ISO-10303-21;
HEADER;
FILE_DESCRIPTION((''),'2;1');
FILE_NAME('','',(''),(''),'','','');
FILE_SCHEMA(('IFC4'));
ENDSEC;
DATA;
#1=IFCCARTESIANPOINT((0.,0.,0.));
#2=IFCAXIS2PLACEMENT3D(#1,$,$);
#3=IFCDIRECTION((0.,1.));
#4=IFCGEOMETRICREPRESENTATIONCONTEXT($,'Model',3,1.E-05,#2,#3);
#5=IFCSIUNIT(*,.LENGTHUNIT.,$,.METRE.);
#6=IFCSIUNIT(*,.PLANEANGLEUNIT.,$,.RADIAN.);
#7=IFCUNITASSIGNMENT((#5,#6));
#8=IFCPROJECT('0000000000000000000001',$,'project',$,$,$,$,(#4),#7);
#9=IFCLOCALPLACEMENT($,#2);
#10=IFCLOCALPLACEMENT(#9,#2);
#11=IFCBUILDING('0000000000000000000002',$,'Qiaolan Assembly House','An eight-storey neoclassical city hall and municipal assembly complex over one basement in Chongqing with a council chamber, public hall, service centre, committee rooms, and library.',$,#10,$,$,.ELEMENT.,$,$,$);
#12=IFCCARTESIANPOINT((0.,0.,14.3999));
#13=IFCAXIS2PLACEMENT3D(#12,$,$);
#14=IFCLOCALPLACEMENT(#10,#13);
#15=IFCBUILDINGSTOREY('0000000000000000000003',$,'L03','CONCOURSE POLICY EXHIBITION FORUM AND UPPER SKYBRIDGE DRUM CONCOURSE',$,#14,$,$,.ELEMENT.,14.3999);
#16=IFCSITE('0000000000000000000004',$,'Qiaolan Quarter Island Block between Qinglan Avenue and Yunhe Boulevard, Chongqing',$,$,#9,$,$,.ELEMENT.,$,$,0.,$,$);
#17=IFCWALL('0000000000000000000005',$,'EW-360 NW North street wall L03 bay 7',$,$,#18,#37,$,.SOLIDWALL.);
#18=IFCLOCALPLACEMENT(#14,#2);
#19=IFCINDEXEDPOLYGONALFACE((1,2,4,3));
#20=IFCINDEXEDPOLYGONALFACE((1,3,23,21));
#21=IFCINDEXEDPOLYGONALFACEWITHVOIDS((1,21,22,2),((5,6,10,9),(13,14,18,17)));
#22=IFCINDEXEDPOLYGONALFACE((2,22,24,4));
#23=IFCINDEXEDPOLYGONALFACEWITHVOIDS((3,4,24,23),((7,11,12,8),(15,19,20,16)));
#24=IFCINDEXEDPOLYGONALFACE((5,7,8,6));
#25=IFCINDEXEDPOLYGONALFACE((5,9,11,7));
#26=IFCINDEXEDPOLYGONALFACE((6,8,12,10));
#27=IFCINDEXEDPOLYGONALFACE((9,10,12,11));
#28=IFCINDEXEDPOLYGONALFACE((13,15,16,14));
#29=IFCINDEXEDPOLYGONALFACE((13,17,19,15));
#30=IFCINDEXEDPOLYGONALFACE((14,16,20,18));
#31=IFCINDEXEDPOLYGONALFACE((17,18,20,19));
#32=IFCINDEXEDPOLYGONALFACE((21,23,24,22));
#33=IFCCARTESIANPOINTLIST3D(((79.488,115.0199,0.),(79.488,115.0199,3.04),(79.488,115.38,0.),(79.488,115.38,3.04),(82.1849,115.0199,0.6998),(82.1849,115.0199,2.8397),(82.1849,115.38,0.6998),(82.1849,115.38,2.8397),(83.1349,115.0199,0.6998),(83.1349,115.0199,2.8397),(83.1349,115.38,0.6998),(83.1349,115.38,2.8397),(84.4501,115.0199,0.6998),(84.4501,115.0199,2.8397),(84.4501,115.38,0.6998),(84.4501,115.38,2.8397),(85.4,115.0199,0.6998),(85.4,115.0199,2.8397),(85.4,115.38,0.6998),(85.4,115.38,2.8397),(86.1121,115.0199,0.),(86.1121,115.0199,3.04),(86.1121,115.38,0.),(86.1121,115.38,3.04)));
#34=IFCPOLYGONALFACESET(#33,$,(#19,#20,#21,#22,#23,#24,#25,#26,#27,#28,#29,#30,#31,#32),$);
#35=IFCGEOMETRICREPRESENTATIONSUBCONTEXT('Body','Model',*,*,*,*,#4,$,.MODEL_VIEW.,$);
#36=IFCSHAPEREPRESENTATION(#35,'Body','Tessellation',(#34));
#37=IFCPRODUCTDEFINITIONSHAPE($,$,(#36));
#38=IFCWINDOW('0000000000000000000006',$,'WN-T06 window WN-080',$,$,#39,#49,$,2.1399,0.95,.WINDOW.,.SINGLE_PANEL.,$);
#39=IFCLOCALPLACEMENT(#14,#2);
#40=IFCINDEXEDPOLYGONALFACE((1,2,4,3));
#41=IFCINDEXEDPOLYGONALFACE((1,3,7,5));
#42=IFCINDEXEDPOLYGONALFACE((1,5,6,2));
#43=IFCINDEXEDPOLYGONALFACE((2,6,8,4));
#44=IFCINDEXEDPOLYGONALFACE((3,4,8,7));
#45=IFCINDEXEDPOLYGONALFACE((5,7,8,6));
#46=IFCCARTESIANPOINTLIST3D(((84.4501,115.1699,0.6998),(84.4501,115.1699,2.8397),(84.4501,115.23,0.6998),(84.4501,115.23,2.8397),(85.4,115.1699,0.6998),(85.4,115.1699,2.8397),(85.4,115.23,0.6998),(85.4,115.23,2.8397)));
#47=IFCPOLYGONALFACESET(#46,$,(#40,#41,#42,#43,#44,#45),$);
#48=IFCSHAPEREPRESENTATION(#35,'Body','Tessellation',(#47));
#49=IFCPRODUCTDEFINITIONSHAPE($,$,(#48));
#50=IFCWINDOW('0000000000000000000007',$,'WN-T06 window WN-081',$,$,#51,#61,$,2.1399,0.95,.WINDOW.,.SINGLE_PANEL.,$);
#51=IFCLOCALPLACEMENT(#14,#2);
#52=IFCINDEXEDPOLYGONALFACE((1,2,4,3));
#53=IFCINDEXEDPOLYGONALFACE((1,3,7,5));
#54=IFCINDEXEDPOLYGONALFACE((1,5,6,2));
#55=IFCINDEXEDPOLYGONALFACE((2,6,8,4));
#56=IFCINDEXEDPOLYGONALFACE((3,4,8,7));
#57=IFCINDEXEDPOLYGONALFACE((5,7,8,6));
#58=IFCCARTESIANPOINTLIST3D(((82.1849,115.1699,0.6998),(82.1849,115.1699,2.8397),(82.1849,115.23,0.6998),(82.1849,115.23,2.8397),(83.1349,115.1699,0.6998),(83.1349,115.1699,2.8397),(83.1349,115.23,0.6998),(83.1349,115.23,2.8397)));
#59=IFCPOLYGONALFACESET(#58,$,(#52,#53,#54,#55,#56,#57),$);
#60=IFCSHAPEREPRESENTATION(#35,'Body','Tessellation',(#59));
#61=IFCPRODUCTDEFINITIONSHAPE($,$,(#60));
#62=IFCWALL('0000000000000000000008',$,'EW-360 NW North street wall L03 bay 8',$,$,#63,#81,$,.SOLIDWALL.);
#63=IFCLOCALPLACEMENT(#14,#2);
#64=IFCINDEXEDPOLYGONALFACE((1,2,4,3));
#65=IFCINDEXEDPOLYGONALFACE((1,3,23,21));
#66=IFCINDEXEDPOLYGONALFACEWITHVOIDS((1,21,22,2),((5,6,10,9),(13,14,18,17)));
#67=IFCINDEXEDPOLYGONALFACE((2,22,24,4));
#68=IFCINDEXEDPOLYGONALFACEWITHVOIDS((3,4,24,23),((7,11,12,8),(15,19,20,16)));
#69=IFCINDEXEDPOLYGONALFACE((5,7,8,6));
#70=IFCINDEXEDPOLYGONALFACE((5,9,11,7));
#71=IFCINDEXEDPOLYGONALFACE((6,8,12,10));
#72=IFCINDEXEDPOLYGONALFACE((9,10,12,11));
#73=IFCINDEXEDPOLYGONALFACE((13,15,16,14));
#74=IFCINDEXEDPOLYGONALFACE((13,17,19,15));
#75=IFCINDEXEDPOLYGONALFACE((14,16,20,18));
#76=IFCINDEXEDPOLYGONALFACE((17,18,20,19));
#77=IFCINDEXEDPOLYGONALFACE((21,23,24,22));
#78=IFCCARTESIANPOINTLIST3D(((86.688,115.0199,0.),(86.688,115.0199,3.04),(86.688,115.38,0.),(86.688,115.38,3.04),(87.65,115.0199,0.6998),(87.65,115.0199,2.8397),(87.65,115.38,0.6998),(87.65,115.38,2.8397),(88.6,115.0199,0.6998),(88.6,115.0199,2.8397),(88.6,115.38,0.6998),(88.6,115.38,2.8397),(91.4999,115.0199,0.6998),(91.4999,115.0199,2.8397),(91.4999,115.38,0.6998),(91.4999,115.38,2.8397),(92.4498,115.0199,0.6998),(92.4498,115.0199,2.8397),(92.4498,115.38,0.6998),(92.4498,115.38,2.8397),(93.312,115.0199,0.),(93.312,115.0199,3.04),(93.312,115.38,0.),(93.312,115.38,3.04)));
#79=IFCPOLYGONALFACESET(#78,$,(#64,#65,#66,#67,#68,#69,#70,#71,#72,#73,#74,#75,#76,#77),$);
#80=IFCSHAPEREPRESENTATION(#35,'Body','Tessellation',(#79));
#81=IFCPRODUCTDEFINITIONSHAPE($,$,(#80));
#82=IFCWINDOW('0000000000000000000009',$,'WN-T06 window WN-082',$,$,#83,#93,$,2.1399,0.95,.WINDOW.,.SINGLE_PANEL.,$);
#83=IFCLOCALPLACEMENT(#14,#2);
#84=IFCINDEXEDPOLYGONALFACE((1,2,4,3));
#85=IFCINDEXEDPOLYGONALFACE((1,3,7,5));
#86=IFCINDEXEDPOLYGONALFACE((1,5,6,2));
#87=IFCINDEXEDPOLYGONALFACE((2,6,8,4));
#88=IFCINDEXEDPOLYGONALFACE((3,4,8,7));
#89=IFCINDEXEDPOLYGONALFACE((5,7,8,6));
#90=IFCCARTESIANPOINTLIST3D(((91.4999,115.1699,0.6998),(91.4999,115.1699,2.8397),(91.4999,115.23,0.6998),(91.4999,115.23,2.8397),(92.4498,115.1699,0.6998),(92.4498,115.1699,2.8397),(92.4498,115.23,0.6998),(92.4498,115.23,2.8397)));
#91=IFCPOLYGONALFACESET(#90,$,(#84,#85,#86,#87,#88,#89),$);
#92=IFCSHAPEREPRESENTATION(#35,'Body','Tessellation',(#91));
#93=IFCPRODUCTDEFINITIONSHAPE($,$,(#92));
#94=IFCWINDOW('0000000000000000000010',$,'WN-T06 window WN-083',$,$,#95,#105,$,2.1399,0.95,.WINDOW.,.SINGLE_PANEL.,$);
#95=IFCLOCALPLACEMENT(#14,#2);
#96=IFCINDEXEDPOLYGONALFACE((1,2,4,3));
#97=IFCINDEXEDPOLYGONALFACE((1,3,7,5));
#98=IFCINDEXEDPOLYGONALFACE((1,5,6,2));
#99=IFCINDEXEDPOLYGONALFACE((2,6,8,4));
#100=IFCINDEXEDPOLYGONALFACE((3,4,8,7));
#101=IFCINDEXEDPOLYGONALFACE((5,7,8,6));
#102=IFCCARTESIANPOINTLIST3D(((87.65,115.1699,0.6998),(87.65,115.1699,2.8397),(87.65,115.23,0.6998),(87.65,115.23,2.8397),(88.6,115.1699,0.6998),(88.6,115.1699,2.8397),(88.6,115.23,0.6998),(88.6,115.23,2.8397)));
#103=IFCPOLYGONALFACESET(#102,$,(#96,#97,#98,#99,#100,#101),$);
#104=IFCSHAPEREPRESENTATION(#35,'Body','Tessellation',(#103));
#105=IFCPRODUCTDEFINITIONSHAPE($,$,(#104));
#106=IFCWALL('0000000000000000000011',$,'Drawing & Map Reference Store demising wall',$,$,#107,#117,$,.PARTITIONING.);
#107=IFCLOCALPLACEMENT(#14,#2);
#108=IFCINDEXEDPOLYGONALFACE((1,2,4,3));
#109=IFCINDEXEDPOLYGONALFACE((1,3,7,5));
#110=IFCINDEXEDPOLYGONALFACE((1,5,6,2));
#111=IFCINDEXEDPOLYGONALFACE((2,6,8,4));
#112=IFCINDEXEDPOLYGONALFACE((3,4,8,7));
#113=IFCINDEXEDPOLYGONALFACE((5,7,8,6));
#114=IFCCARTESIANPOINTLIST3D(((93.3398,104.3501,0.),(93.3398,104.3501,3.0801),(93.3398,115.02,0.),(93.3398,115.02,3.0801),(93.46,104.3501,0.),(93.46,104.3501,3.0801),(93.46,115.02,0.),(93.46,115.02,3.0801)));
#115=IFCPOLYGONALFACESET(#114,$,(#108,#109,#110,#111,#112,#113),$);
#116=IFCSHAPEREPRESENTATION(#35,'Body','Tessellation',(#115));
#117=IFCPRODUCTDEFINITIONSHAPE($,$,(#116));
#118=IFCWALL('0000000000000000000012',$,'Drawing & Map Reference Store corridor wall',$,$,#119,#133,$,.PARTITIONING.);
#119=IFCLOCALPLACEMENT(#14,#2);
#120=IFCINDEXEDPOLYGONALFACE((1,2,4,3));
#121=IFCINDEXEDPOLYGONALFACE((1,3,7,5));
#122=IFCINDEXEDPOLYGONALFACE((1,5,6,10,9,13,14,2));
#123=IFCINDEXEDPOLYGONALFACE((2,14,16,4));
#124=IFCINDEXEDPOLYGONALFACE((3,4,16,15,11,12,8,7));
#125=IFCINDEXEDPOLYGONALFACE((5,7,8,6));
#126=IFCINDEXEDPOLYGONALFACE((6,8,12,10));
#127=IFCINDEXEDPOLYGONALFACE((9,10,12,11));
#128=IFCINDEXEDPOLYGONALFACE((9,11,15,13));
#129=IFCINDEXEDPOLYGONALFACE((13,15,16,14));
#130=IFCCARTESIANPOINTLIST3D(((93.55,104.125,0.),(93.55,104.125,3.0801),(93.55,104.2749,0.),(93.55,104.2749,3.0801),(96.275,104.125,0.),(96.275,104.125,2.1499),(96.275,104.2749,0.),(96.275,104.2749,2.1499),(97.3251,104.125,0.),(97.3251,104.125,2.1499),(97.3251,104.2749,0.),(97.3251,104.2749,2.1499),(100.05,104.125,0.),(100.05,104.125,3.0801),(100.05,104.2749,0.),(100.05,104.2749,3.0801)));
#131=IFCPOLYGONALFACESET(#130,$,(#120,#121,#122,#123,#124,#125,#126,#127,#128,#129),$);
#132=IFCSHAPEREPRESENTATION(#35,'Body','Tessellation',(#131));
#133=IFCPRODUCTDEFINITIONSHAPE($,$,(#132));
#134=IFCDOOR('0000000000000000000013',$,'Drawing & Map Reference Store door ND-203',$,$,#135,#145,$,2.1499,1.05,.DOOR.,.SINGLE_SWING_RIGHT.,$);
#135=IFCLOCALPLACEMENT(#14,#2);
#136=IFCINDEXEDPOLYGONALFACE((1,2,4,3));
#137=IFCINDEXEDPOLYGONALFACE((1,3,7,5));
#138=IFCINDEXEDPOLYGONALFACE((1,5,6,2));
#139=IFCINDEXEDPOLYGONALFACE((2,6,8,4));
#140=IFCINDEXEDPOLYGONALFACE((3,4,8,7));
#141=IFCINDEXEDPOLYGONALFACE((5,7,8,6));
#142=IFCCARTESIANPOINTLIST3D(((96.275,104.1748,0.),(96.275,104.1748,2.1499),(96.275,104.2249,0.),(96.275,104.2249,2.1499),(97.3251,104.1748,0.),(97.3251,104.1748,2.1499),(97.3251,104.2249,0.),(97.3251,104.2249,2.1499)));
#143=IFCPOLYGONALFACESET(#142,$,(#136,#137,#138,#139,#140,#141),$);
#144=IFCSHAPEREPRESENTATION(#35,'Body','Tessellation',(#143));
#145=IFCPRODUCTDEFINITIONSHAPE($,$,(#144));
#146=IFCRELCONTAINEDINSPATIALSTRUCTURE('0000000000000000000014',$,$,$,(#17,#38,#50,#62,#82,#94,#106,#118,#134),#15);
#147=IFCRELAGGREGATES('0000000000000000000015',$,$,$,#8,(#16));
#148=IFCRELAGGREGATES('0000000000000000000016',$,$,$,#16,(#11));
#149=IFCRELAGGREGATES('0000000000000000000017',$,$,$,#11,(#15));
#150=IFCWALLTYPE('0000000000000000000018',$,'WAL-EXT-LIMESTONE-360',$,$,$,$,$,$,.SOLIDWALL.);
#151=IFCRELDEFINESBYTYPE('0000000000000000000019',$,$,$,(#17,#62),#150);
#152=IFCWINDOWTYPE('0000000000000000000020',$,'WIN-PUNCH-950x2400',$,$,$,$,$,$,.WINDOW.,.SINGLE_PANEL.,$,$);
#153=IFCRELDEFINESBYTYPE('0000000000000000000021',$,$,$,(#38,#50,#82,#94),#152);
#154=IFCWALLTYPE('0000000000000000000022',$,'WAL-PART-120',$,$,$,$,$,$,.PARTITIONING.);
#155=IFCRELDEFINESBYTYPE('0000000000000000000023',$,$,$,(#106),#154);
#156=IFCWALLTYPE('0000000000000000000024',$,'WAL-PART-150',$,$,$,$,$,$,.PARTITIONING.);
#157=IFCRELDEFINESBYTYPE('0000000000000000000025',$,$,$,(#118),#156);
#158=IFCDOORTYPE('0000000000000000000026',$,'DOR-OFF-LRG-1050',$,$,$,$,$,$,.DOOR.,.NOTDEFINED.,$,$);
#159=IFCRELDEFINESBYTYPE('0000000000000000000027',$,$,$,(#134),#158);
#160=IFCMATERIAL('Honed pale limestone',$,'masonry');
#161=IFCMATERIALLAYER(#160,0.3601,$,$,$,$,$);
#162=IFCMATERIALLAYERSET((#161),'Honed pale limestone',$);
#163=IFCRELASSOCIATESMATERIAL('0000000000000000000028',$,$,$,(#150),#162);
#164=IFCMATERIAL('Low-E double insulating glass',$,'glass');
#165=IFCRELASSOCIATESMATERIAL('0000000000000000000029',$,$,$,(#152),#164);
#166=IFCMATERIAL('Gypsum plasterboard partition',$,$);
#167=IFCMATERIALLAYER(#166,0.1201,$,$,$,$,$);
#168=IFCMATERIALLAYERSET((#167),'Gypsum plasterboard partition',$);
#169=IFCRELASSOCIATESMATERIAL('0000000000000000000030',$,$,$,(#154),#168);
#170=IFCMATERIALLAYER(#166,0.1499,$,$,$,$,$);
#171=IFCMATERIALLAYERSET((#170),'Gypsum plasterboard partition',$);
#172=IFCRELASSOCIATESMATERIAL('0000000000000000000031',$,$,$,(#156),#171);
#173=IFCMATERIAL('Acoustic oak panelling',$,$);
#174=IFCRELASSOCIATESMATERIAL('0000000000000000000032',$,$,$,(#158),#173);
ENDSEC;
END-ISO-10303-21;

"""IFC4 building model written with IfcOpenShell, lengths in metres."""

from ifc_helpers import new_model, si_unit, direction, frame, frame_2d, origin, place, context, subcontext, project, spatial, rectangle, extrude, material, layer, layer_set, type_object, element, fill, save


model = new_model("IFC4")

# Units and contexts
model_context = context("Model", 3, precision=1e-05, world=origin(), true_north=direction((0.0, 1.0)))
body_context = subcontext(model_context, "Body", "Model", "MODEL_VIEW")
ifc_project = project(units=[si_unit("LENGTHUNIT", "METRE"), si_unit("PLANEANGLEUNIT", "RADIAN")], contexts=[model_context])

# Site, building, storey
site_placement = place(None, origin())
site = spatial("IfcSite", under=ifc_project, at=site_placement, Name="Qiaolan Quarter Island Block between Qinglan Avenue and Yunhe Boulevard, Chongqing", CompositionType="ELEMENT", RefElevation=0.0)
building_placement = place(site_placement, origin())
building = spatial("IfcBuilding", under=site, at=building_placement, Name="Qiaolan Assembly House", Description="An eight-storey neoclassical city hall and municipal assembly complex over one basement in Chongqing with a council chamber, public hall, service centre, committee rooms, and library.", CompositionType="ELEMENT")
storey_placement = place(building_placement, frame((0.0, 0.0, 14.3999)))
storey = spatial("IfcBuildingStorey", under=building, at=storey_placement, Name="L03", Description="CONCOURSE POLICY EXHIBITION FORUM AND UPPER SKYBRIDGE DRUM CONCOURSE", CompositionType="ELEMENT", Elevation=14.3999)

# Walls, openings, windows
ifc_material_1 = material(Name="Honed pale limestone", Category="masonry")
ifc_layer_1 = layer(ifc_material_1, 0.3601)
ifc_layer_set_1 = layer_set([ifc_layer_1], Name="Honed pale limestone")
wall_type_1 = type_object("IfcWallType", Name="WAL-EXT-LIMESTONE-360", PredefinedType="SOLIDWALL", material=ifc_layer_set_1)
wall_1_placement = place(storey_placement, frame((86.1121, 115.2, 0.0), z_axis=(0.0, 0.0, 1.0), x_axis=(-1.0, 0.0, 0.0)))
wall_1 = element("IfcWall", 1, at=wall_1_placement, inside=storey, type_object=wall_type_1, Name="EW-360 NW North street wall L03 bay 7", PredefinedType="SOLIDWALL", context=body_context, shape_type="SweptSolid", body=[
    extrude(rectangle(XDim=6.624, YDim=0.3601, at=frame_2d((3.312, 0.0))), origin(), (0.0, 0.0, 1.0), 3.04),
])
opening_1_placement = place(wall_1_placement, frame((0.7119, 0.0, 0.7)))
opening_1 = element("IfcOpeningElement", 2, at=opening_1_placement, cuts=wall_1, PredefinedType="OPENING", context=body_context, shape_type="SweptSolid", body=[
    extrude(rectangle(XDim=0.95, YDim=2.1399, at=frame_2d((0.4751, 1.0698))), frame((0.0, 0.1899, 0.0), z_axis=(0.0, -1.0, 0.0), x_axis=(1.0, 0.0, 0.0)), (0.0, 0.0, 1.0), 0.3801),
])
opening_2_placement = place(wall_1_placement, frame((2.9771, 0.0, 0.7)))
opening_2 = element("IfcOpeningElement", 3, at=opening_2_placement, cuts=wall_1, PredefinedType="OPENING", context=body_context, shape_type="SweptSolid", body=[
    extrude(rectangle(XDim=0.95, YDim=2.1399, at=frame_2d((0.4751, 1.0698))), frame((0.0, 0.1899, 0.0), z_axis=(0.0, -1.0, 0.0), x_axis=(1.0, 0.0, 0.0)), (0.0, 0.0, 1.0), 0.3801),
])
ifc_material_2 = material(Name="Low-E double insulating glass", Category="glass")
window_type = type_object("IfcWindowType", Name="WIN-PUNCH-950x2400", PartitioningType="SINGLE_PANEL", PredefinedType="WINDOW", material=ifc_material_2)
window_1_placement = place(opening_1_placement, origin())
window_1 = element("IfcWindow", 4, at=window_1_placement, inside=storey, type_object=window_type, Name="WN-T06 window WN-080", OverallHeight=2.1399, OverallWidth=0.95, PartitioningType="SINGLE_PANEL", PredefinedType="WINDOW", context=body_context, shape_type="SweptSolid", body=[
    extrude(rectangle(XDim=0.95, YDim=2.1399, at=frame_2d((0.4751, 1.0698))), frame((0.0, 0.03, 0.0), z_axis=(0.0, -1.0, 0.0), x_axis=(1.0, 0.0, 0.0)), (0.0, 0.0, 1.0), 0.0601),
])
fill(opening_1, window_1)
window_2_placement = place(opening_2_placement, origin())
window_2 = element("IfcWindow", 5, at=window_2_placement, inside=storey, type_object=window_type, Name="WN-T06 window WN-081", OverallHeight=2.1399, OverallWidth=0.95, PartitioningType="SINGLE_PANEL", PredefinedType="WINDOW", context=body_context, shape_type="SweptSolid", body=[
    extrude(rectangle(XDim=0.95, YDim=2.1399, at=frame_2d((0.4751, 1.0698))), frame((0.0, 0.03, 0.0), z_axis=(0.0, -1.0, 0.0), x_axis=(1.0, 0.0, 0.0)), (0.0, 0.0, 1.0), 0.0601),
])
fill(opening_2, window_2)
wall_2_placement = place(storey_placement, frame((93.312, 115.2, 0.0), z_axis=(0.0, 0.0, 1.0), x_axis=(-1.0, 0.0, 0.0)))
wall_2 = element("IfcWall", 6, at=wall_2_placement, inside=storey, type_object=wall_type_1, Name="EW-360 NW North street wall L03 bay 8", PredefinedType="SOLIDWALL", context=body_context, shape_type="SweptSolid", body=[
    extrude(rectangle(XDim=6.624, YDim=0.3601, at=frame_2d((3.312, 0.0))), origin(), (0.0, 0.0, 1.0), 3.04),
])
opening_3_placement = place(wall_2_placement, frame((0.8621, 0.0, 0.7)))
opening_3 = element("IfcOpeningElement", 7, at=opening_3_placement, cuts=wall_2, PredefinedType="OPENING", context=body_context, shape_type="SweptSolid", body=[
    extrude(rectangle(XDim=0.95, YDim=2.1399, at=frame_2d((0.4751, 1.0698))), frame((0.0, 0.1899, 0.0), z_axis=(0.0, -1.0, 0.0), x_axis=(1.0, 0.0, 0.0)), (0.0, 0.0, 1.0), 0.3801),
])
opening_4_placement = place(wall_2_placement, frame((4.7119, 0.0, 0.7)))
opening_4 = element("IfcOpeningElement", 8, at=opening_4_placement, cuts=wall_2, PredefinedType="OPENING", context=body_context, shape_type="SweptSolid", body=[
    extrude(rectangle(XDim=0.95, YDim=2.1399, at=frame_2d((0.4751, 1.0698))), frame((0.0, 0.1899, 0.0), z_axis=(0.0, -1.0, 0.0), x_axis=(1.0, 0.0, 0.0)), (0.0, 0.0, 1.0), 0.3801),
])
window_3_placement = place(opening_3_placement, origin())
window_3 = element("IfcWindow", 9, at=window_3_placement, inside=storey, type_object=window_type, Name="WN-T06 window WN-082", OverallHeight=2.1399, OverallWidth=0.95, PartitioningType="SINGLE_PANEL", PredefinedType="WINDOW", context=body_context, shape_type="SweptSolid", body=[
    extrude(rectangle(XDim=0.95, YDim=2.1399, at=frame_2d((0.4751, 1.0698))), frame((0.0, 0.03, 0.0), z_axis=(0.0, -1.0, 0.0), x_axis=(1.0, 0.0, 0.0)), (0.0, 0.0, 1.0), 0.0601),
])
fill(opening_3, window_3)
window_4_placement = place(opening_4_placement, origin())
window_4 = element("IfcWindow", 10, at=window_4_placement, inside=storey, type_object=window_type, Name="WN-T06 window WN-083", OverallHeight=2.1399, OverallWidth=0.95, PartitioningType="SINGLE_PANEL", PredefinedType="WINDOW", context=body_context, shape_type="SweptSolid", body=[
    extrude(rectangle(XDim=0.95, YDim=2.1399, at=frame_2d((0.4751, 1.0698))), frame((0.0, 0.03, 0.0), z_axis=(0.0, -1.0, 0.0), x_axis=(1.0, 0.0, 0.0)), (0.0, 0.0, 1.0), 0.0601),
])
fill(opening_4, window_4)

# Wall
ifc_material_3 = material(Name="Gypsum plasterboard partition")
ifc_layer_2 = layer(ifc_material_3, 0.1201)
ifc_layer_set_2 = layer_set([ifc_layer_2], Name="Gypsum plasterboard partition")
wall_type_2 = type_object("IfcWallType", Name="WAL-PART-120", PredefinedType="PARTITIONING", material=ifc_layer_set_2)
wall_3_placement = place(storey_placement, frame((93.3999, 104.3501, 0.0), z_axis=(0.0, 0.0, 1.0), x_axis=(0.0, 1.0, 0.0)))
element("IfcWall", 11, at=wall_3_placement, inside=storey, type_object=wall_type_2, Name="Drawing & Map Reference Store demising wall", PredefinedType="PARTITIONING", context=body_context, shape_type="SweptSolid", body=[
    extrude(rectangle(XDim=10.6699, YDim=0.1201, at=frame_2d((5.335, 0.0))), origin(), (0.0, 0.0, 1.0), 3.0801),
])

# Wall, opening, door
ifc_layer_3 = layer(ifc_material_3, 0.1499)
ifc_layer_set_3 = layer_set([ifc_layer_3], Name="Gypsum plasterboard partition")
wall_type_3 = type_object("IfcWallType", Name="WAL-PART-150", PredefinedType="PARTITIONING", material=ifc_layer_set_3)
wall_4_placement = place(storey_placement, frame((93.55, 104.2, 0.0), z_axis=(0.0, 0.0, 1.0), x_axis=(1.0, 0.0, 0.0)))
wall_4 = element("IfcWall", 12, at=wall_4_placement, inside=storey, type_object=wall_type_3, Name="Drawing & Map Reference Store corridor wall", PredefinedType="PARTITIONING", context=body_context, shape_type="SweptSolid", body=[
    extrude(rectangle(XDim=6.5, YDim=0.1499, at=frame_2d((3.25, 0.0))), origin(), (0.0, 0.0, 1.0), 3.0801),
])
opening_5_placement = place(wall_4_placement, frame((2.7251, 0.0, 0.0)))
opening_5 = element("IfcOpeningElement", 13, at=opening_5_placement, cuts=wall_4, PredefinedType="OPENING", context=body_context, shape_type="SweptSolid", body=[
    extrude(rectangle(XDim=1.05, YDim=2.1499, at=frame_2d((0.5249, 1.075))), frame((0.0, 0.085, 0.0), z_axis=(0.0, -1.0, 0.0), x_axis=(1.0, 0.0, 0.0)), (0.0, 0.0, 1.0), 0.1699),
])
ifc_material_4 = material(Name="Acoustic oak panelling")
door_type = type_object("IfcDoorType", Name="DOR-OFF-LRG-1050", OperationType="NOTDEFINED", PredefinedType="DOOR", material=ifc_material_4)
door_placement = place(opening_5_placement, origin())
door = element("IfcDoor", 14, at=door_placement, inside=storey, type_object=door_type, Name="Drawing & Map Reference Store door ND-203", OperationType="SINGLE_SWING_RIGHT", OverallHeight=2.1499, OverallWidth=1.05, PredefinedType="DOOR", context=body_context, shape_type="SweptSolid", body=[
    extrude(rectangle(XDim=1.05, YDim=2.1499, at=frame_2d((0.5249, 1.075))), frame((0.0, 0.0249, 0.0), z_axis=(0.0, -1.0, 0.0), x_axis=(1.0, 0.0, 0.0)), (0.0, 0.0, 1.0), 0.05),
])
fill(opening_5, door)

save(model, "model.ifc")
